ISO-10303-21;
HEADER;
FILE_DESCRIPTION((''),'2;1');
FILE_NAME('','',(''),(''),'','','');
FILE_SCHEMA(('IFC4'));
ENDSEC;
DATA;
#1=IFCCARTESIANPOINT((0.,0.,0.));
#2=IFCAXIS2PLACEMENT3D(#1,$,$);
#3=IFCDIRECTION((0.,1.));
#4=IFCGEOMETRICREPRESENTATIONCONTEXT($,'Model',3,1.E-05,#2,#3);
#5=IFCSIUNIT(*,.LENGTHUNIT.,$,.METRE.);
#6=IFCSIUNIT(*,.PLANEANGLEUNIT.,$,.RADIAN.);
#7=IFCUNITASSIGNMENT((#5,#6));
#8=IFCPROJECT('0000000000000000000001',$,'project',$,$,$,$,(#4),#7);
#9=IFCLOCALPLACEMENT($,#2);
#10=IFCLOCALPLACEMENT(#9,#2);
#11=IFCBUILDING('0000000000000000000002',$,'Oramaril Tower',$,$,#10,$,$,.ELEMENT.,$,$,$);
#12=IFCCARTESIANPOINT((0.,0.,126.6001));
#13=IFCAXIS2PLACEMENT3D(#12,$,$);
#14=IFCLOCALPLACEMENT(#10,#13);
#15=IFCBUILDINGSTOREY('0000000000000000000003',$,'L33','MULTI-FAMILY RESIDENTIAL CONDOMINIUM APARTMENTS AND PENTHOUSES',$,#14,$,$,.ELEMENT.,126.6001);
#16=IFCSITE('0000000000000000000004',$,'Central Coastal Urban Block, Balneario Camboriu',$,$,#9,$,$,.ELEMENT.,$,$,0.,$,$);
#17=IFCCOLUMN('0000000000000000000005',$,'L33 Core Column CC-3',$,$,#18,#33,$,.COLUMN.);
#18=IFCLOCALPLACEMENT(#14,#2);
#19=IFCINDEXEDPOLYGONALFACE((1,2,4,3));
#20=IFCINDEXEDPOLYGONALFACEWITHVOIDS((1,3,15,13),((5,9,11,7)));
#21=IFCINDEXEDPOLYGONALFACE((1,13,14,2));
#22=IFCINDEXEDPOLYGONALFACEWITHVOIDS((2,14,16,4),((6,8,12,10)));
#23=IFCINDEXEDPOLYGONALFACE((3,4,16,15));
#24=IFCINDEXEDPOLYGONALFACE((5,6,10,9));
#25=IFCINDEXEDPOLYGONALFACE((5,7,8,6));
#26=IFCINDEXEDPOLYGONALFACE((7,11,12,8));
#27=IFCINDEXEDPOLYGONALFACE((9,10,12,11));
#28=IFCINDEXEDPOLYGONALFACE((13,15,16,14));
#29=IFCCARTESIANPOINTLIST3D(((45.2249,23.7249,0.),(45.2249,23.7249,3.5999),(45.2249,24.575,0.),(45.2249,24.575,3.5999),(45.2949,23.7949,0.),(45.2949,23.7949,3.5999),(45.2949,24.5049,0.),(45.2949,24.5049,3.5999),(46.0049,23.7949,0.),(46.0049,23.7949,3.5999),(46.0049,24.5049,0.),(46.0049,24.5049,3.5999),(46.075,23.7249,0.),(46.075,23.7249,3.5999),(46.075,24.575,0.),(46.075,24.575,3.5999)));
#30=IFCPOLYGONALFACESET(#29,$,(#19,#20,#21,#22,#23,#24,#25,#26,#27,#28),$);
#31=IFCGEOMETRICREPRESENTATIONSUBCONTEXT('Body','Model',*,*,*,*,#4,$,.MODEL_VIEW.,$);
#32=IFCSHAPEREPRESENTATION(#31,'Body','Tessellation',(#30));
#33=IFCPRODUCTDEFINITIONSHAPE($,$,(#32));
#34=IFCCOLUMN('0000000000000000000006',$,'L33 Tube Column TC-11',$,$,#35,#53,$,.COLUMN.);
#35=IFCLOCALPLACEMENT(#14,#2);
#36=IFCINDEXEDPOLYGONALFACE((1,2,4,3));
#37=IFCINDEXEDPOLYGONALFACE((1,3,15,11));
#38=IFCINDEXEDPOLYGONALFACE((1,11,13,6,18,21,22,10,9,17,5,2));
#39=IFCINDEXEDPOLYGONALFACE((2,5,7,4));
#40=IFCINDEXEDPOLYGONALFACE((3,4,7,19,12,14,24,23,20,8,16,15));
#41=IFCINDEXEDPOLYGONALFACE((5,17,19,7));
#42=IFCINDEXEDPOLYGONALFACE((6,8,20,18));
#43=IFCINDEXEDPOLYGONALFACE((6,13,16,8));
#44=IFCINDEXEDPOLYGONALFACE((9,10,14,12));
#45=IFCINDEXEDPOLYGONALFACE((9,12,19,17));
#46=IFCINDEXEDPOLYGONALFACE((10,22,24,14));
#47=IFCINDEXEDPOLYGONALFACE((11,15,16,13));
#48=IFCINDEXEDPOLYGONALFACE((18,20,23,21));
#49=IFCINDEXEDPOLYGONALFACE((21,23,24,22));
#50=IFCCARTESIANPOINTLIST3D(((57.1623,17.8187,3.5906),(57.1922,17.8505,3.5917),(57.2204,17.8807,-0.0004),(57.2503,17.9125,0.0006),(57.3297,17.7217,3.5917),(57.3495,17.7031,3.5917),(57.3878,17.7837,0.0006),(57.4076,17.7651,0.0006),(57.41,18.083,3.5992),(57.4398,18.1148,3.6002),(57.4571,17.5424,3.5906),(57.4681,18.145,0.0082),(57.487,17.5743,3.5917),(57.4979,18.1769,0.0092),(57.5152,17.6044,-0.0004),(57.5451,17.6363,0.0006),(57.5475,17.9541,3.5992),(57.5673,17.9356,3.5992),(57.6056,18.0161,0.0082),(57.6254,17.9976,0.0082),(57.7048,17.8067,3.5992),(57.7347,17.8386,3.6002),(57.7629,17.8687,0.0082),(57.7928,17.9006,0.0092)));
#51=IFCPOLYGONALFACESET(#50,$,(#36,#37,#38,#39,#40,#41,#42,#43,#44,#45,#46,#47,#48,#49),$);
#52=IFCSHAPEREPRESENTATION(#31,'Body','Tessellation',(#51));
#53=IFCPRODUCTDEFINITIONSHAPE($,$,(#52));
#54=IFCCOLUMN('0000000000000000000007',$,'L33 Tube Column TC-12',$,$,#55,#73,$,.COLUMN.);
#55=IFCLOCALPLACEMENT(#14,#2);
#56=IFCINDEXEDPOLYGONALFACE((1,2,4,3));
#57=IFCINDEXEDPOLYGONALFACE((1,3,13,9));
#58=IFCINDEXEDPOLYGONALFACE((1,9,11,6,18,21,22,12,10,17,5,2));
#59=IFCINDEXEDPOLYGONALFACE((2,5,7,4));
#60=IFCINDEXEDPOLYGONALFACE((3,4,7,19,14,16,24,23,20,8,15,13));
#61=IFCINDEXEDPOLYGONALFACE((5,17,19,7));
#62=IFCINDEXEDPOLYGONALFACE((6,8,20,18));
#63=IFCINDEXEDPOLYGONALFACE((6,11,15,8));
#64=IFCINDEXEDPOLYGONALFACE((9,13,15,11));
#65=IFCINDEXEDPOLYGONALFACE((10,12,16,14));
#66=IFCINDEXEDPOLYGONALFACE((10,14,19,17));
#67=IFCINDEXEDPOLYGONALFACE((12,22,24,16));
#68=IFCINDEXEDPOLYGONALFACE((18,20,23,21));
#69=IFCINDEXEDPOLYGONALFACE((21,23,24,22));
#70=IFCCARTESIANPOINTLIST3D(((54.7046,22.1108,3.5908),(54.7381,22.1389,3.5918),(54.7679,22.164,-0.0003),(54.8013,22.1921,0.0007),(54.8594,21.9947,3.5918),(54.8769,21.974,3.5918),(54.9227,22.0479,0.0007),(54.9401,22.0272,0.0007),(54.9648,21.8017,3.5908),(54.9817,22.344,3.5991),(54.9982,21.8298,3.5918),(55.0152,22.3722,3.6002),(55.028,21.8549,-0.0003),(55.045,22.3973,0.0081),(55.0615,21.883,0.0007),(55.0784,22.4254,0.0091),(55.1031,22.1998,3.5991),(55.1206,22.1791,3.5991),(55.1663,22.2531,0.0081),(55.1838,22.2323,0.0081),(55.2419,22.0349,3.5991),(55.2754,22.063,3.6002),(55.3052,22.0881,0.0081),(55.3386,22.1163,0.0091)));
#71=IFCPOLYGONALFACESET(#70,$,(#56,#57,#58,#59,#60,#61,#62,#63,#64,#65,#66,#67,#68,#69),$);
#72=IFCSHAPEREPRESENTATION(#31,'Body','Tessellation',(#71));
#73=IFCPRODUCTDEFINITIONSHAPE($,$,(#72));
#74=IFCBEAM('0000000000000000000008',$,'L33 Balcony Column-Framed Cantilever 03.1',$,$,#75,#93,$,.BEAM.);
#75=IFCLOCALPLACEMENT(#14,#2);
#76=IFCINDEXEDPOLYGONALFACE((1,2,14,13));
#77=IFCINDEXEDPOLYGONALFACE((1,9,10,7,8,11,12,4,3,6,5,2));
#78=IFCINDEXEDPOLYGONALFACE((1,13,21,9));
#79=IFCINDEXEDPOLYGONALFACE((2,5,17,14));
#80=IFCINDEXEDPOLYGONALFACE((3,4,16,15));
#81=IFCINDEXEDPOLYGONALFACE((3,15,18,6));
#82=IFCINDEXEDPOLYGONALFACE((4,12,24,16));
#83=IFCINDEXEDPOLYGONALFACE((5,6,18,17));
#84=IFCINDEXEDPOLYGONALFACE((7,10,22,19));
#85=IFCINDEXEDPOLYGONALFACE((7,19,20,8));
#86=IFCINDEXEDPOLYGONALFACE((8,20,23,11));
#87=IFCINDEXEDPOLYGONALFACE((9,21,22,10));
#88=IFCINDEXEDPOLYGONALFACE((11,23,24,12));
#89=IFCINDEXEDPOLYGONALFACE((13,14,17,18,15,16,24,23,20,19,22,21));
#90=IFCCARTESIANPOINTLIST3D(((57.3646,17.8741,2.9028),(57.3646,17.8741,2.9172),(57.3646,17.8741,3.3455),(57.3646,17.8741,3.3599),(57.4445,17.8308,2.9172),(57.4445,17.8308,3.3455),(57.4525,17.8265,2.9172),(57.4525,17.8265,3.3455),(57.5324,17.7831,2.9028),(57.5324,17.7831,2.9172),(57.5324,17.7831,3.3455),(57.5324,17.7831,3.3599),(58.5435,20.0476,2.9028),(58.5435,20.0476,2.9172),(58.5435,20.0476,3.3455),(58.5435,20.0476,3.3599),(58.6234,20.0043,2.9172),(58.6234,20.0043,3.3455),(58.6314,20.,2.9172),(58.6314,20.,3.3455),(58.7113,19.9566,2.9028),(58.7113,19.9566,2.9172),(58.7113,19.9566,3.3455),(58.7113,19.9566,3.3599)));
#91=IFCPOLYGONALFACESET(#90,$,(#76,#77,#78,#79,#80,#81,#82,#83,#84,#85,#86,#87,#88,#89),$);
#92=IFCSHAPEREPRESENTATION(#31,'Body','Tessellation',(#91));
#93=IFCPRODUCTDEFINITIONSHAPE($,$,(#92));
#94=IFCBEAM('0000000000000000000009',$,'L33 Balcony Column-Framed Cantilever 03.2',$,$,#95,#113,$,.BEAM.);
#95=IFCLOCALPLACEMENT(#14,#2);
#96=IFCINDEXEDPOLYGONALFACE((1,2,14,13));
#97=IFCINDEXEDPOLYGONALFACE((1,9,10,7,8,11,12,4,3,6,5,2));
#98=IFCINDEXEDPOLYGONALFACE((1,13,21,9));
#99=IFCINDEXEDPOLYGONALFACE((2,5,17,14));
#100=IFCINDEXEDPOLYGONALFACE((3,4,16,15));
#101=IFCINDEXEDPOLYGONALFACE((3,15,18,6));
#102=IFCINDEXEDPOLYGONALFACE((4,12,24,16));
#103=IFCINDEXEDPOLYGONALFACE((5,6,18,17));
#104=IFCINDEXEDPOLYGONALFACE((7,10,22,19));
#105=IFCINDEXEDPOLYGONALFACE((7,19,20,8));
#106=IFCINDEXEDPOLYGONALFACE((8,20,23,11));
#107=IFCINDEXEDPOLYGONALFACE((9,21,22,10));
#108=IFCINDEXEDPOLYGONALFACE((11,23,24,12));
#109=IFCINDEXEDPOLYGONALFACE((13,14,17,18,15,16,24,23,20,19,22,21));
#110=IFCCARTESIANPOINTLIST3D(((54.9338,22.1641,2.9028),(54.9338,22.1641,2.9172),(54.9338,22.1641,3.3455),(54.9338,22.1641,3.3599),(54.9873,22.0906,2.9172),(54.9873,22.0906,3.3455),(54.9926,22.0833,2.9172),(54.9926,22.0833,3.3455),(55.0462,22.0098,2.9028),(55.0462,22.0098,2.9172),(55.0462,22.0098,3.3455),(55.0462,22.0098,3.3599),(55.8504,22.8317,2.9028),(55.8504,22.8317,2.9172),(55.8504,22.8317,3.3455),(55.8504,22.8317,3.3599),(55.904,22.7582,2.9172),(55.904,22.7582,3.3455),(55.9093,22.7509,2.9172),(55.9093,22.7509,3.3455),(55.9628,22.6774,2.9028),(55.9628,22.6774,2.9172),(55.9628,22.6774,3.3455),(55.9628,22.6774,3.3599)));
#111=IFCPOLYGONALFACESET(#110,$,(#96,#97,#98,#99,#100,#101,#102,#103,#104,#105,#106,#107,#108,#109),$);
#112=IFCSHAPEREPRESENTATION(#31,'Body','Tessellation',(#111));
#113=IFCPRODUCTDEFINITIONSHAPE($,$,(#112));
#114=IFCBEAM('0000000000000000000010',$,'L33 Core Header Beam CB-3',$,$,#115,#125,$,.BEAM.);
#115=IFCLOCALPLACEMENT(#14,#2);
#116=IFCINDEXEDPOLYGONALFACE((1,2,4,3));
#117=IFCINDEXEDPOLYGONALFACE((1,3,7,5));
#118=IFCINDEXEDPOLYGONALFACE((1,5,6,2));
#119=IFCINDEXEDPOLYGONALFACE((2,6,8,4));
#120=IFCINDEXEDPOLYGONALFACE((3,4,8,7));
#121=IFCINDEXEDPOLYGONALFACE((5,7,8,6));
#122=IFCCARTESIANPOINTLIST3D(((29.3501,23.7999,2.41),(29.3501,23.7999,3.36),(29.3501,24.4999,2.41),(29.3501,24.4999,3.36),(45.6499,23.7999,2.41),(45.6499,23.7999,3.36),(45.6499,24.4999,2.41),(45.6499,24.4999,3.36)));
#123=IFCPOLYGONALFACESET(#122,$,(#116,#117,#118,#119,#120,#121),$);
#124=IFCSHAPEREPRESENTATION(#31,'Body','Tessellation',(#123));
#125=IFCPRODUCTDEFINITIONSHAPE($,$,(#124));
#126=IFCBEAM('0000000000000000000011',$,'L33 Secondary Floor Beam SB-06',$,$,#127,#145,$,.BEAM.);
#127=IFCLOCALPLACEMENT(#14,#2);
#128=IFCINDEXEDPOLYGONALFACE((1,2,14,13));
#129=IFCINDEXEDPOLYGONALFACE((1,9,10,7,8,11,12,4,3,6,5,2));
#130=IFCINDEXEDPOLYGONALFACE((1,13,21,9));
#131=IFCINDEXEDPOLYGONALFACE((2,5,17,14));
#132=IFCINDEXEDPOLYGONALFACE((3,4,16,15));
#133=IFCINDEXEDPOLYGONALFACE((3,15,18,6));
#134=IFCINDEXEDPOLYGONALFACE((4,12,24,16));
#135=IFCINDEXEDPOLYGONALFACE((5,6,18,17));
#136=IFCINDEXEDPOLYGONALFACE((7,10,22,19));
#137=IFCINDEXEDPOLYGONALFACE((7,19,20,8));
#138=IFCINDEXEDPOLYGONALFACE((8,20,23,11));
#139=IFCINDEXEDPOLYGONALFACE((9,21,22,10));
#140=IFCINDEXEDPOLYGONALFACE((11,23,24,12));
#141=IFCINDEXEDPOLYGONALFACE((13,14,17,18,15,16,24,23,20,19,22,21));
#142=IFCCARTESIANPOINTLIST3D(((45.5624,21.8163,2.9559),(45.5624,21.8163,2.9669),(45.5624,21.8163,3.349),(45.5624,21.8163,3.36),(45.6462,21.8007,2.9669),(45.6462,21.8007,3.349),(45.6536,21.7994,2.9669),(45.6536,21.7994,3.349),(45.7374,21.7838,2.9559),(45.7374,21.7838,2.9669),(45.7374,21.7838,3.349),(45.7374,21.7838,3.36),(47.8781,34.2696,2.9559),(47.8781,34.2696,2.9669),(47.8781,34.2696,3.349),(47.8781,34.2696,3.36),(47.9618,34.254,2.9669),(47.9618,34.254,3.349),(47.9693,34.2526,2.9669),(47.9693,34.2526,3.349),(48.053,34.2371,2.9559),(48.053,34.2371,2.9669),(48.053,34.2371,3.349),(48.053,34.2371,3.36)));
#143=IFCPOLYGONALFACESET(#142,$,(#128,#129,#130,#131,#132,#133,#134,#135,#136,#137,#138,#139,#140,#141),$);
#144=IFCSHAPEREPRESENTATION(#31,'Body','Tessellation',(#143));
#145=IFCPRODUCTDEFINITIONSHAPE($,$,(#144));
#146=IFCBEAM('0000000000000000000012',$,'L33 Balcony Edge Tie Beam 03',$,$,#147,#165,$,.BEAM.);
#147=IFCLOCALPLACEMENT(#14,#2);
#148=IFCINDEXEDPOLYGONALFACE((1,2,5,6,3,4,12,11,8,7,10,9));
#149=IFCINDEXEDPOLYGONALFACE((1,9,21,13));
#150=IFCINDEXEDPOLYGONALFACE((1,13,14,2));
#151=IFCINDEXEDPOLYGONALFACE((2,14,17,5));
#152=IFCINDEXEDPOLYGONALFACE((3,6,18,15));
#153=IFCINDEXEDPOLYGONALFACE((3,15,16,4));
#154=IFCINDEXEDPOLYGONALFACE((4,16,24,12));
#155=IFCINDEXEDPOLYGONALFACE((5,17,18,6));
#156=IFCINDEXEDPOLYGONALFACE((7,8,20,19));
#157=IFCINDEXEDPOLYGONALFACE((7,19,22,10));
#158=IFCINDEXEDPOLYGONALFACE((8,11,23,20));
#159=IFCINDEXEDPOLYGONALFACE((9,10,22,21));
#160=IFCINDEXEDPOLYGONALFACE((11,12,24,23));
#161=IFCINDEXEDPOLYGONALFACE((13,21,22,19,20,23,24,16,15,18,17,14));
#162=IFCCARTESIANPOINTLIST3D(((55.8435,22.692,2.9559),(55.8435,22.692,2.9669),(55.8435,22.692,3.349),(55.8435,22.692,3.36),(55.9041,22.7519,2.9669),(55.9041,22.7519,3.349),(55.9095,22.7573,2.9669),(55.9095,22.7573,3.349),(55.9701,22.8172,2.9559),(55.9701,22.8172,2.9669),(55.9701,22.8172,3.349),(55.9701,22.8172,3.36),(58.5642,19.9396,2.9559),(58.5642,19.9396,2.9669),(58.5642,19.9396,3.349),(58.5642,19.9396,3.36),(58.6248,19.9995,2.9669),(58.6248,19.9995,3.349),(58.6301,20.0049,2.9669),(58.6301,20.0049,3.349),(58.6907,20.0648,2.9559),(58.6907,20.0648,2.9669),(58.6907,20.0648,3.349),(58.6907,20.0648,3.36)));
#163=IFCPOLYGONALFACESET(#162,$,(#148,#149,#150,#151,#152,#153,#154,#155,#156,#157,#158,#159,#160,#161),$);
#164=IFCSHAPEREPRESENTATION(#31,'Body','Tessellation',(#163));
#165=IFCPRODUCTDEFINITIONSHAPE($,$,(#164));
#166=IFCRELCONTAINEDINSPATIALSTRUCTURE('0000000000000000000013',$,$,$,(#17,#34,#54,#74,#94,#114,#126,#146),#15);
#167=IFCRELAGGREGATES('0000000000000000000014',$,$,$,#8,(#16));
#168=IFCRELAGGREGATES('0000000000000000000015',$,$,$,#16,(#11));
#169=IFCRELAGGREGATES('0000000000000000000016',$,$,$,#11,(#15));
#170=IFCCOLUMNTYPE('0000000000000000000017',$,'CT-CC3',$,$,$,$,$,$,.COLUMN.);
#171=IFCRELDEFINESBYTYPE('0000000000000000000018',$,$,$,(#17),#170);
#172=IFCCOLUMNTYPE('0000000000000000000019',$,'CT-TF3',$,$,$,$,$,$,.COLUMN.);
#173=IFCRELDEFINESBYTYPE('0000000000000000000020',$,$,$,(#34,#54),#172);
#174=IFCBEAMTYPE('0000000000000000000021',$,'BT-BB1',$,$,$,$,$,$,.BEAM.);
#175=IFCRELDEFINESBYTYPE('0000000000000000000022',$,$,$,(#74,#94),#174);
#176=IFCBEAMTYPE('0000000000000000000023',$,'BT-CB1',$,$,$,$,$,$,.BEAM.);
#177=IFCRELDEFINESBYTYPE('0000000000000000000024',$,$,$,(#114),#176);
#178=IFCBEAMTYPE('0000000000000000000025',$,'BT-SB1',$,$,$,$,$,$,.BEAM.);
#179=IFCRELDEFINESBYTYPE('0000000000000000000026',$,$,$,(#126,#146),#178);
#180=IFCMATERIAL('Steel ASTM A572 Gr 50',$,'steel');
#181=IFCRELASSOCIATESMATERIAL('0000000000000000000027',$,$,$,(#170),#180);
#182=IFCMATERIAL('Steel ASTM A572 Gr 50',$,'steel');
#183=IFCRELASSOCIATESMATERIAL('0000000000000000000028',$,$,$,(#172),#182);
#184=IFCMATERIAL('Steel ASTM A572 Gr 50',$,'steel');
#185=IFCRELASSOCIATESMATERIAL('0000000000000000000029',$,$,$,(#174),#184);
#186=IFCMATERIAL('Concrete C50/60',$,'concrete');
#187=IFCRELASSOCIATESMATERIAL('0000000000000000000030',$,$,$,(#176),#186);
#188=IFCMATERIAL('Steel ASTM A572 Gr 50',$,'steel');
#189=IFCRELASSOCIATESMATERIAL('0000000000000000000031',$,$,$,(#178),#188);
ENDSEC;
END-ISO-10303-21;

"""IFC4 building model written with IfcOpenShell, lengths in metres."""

from ifc_helpers import new_model, si_unit, direction, frame, origin, origin_2d, place, context, subcontext, project, spatial, rectangle, hollow_rectangle, i_section, extrude, material, material_profile, profile_set, type_object, element, save


model = new_model("IFC4")

# Units and contexts
model_context = context("Model", 3, precision=1e-05, world=origin(), true_north=direction((0.0, 1.0)))
body_context = subcontext(model_context, "Body", "Model", "MODEL_VIEW")
ifc_project = project(units=[si_unit("LENGTHUNIT", "METRE"), si_unit("PLANEANGLEUNIT", "RADIAN")], contexts=[model_context])

# Site, building, storey
site_placement = place(None, origin())
site = spatial("IfcSite", under=ifc_project, at=site_placement, Name="Central Coastal Urban Block, Balneario Camboriu", CompositionType="ELEMENT", RefElevation=0.0)
building_placement = place(site_placement, origin())
building = spatial("IfcBuilding", under=site, at=building_placement, Name="Oramaril Tower", CompositionType="ELEMENT")
storey_placement = place(building_placement, frame((0.0, 0.0, 126.6001)))
storey = spatial("IfcBuildingStorey", under=building, at=storey_placement, Name="L33", Description="MULTI-FAMILY RESIDENTIAL CONDOMINIUM APARTMENTS AND PENTHOUSES", CompositionType="ELEMENT", Elevation=126.6001)

# Columns
ifc_material_1 = material(Name="Steel ASTM A572 Gr 50", Category="steel")
ifc_material_profile_1 = material_profile(ifc_material_1, hollow_rectangle(XDim=0.8501, YDim=0.8501, WallThickness=0.0701, at=origin_2d()), Name="BOX850X850X70")
ifc_profile_set_1 = profile_set([ifc_material_profile_1], Name="Steel ASTM A572 Gr 50")
column_type_1 = type_object("IfcColumnType", Name="CT-CC3", PredefinedType="COLUMN", material=ifc_profile_set_1)
column_placement = place(storey_placement, frame((45.6499, 24.1499, 0.0), z_axis=(0.0, 0.0, 1.0), x_axis=(1.0, 0.0, 0.0)))
element("IfcColumn", 1, at=column_placement, inside=storey, type_object=column_type_1, Name="L33 Core Column CC-3", PredefinedType="COLUMN", context=body_context, shape_type="SweptSolid", body=[
    extrude(hollow_rectangle(XDim=0.8501, YDim=0.8501, WallThickness=0.0701, at=origin_2d()), origin(), (0.0, 0.0, 1.0), 3.5999),
])
ifc_material_2 = material(Name="Steel ASTM A572 Gr 50", Category="steel")
ifc_material_profile_2 = material_profile(ifc_material_2, i_section(OverallWidth=0.4041, OverallDepth=0.406, WebThickness=0.0271, FlangeThickness=0.0437, at=origin_2d()), Name="W14X233")
ifc_profile_set_2 = profile_set([ifc_material_profile_2], Name="Steel ASTM A572 Gr 50")
column_type_2 = type_object("IfcColumnType", Name="CT-TF3", PredefinedType="COLUMN", material=ifc_profile_set_2)
for number, where, z_axis, x_axis, name in (
    (2, (57.5066, 17.8906, 0.0044), (-0.016176, -0.017264, 0.99972), (0.729716, -0.68375, 0.0), "L33 Tube Column TC-11"),
    (3, (55.0532, 22.1401, 0.0044), (-0.017604, -0.014817, 0.999735), (0.643954, -0.765064, 0.0), "L33 Tube Column TC-12"),
):
    element("IfcColumn", number, at=place(storey_placement, frame(where, z_axis=z_axis, x_axis=x_axis)), inside=storey, type_object=column_type_2, Name=name, PredefinedType="COLUMN", context=body_context, shape_type="SweptSolid", body=[
        extrude(i_section(OverallWidth=0.4041, OverallDepth=0.406, WebThickness=0.0271, FlangeThickness=0.0437, at=origin_2d()), origin(), (0.0, 0.0, 1.0), 3.592),
    ])

# Beams
ifc_material_3 = material(Name="Steel ASTM A572 Gr 50", Category="steel")
ifc_material_profile_3 = material_profile(ifc_material_3, i_section(OverallWidth=0.1909, OverallDepth=0.457, WebThickness=0.009, FlangeThickness=0.0144, at=origin_2d()), Name="W18X50")
ifc_profile_set_3 = profile_set([ifc_material_profile_3], Name="Steel ASTM A572 Gr 50")
beam_type_1 = type_object("IfcBeamType", Name="BT-BB1", PredefinedType="BEAM", material=ifc_profile_set_3)
beam_1_placement = place(storey_placement, frame((57.4485, 17.8286, 3.1313), z_axis=(0.476782, 0.879021, 0.0), x_axis=(-0.879021, 0.476782, 0.0)))
element("IfcBeam", 4, at=beam_1_placement, inside=storey, type_object=beam_type_1, Name="L33 Balcony Column-Framed Cantilever 03.1", PredefinedType="BEAM", context=body_context, shape_type="SweptSolid", body=[
    extrude(i_section(OverallWidth=0.1909, OverallDepth=0.457, WebThickness=0.009, FlangeThickness=0.0144, at=origin_2d()), origin(), (0.0, 0.0, 1.0), 2.4727),
])
beam_2_placement = place(storey_placement, frame((54.99, 22.0869, 3.1313), z_axis=(0.808317, 0.588748, 0.0), x_axis=(-0.588748, 0.808317, 0.0)))
element("IfcBeam", 5, at=beam_2_placement, inside=storey, type_object=beam_type_1, Name="L33 Balcony Column-Framed Cantilever 03.2", PredefinedType="BEAM", context=body_context, shape_type="SweptSolid", body=[
    extrude(i_section(OverallWidth=0.1909, OverallDepth=0.457, WebThickness=0.009, FlangeThickness=0.0144, at=origin_2d()), origin(), (0.0, 0.0, 1.0), 1.134),
])
ifc_material_4 = material(Name="Concrete C50/60", Category="concrete")
ifc_material_profile_4 = material_profile(ifc_material_4, rectangle(XDim=0.7, YDim=0.95, at=origin_2d()), Name="CB700X950")
ifc_profile_set_4 = profile_set([ifc_material_profile_4], Name="Concrete C50/60")
beam_type_2 = type_object("IfcBeamType", Name="BT-CB1", PredefinedType="BEAM", material=ifc_profile_set_4)
beam_3_placement = place(storey_placement, frame((45.6499, 24.1499, 2.885), z_axis=(-1.0, 0.0, 0.0), x_axis=(0.0, -1.0, 0.0)))
element("IfcBeam", 6, at=beam_3_placement, inside=storey, type_object=beam_type_2, Name="L33 Core Header Beam CB-3", PredefinedType="BEAM", context=body_context, shape_type="SweptSolid", body=[
    extrude(rectangle(XDim=0.7, YDim=0.95, at=origin_2d()), origin(), (0.0, 0.0, 1.0), 16.2998),
])
ifc_material_5 = material(Name="Steel ASTM A572 Gr 50", Category="steel")
ifc_material_profile_5 = material_profile(ifc_material_5, i_section(OverallWidth=0.178, OverallDepth=0.4041, WebThickness=0.0076, FlangeThickness=0.011, at=origin_2d()), Name="W16X36")
ifc_profile_set_5 = profile_set([ifc_material_profile_5], Name="Steel ASTM A572 Gr 50")
beam_type_3 = type_object("IfcBeamType", Name="BT-SB1", PredefinedType="BEAM", material=ifc_profile_set_5)
beam_4_placement = place(storey_placement, frame((45.6499, 21.8, 3.158), z_axis=(0.182814, 0.983148, 0.0), x_axis=(-0.983148, 0.182814, 0.0)))
element("IfcBeam", 7, at=beam_4_placement, inside=storey, type_object=beam_type_3, Name="L33 Secondary Floor Beam SB-06", PredefinedType="BEAM", context=body_context, shape_type="SweptSolid", body=[
    extrude(i_section(OverallWidth=0.178, OverallDepth=0.4041, WebThickness=0.0076, FlangeThickness=0.011, at=origin_2d()), origin(), (0.0, 0.0, 1.0), 12.6667),
])
beam_5_placement = place(storey_placement, frame((58.6274, 20.0022, 3.158), z_axis=(-0.702995, 0.711195, 0.0), x_axis=(-0.711195, -0.702995, 0.0)))
element("IfcBeam", 8, at=beam_5_placement, inside=storey, type_object=beam_type_3, Name="L33 Balcony Edge Tie Beam 03", PredefinedType="BEAM", context=body_context, shape_type="SweptSolid", body=[
    extrude(i_section(OverallWidth=0.178, OverallDepth=0.4041, WebThickness=0.0076, FlangeThickness=0.011, at=origin_2d()), origin(), (0.0, 0.0, 1.0), 3.8701),
])

save(model, "model.ifc")
